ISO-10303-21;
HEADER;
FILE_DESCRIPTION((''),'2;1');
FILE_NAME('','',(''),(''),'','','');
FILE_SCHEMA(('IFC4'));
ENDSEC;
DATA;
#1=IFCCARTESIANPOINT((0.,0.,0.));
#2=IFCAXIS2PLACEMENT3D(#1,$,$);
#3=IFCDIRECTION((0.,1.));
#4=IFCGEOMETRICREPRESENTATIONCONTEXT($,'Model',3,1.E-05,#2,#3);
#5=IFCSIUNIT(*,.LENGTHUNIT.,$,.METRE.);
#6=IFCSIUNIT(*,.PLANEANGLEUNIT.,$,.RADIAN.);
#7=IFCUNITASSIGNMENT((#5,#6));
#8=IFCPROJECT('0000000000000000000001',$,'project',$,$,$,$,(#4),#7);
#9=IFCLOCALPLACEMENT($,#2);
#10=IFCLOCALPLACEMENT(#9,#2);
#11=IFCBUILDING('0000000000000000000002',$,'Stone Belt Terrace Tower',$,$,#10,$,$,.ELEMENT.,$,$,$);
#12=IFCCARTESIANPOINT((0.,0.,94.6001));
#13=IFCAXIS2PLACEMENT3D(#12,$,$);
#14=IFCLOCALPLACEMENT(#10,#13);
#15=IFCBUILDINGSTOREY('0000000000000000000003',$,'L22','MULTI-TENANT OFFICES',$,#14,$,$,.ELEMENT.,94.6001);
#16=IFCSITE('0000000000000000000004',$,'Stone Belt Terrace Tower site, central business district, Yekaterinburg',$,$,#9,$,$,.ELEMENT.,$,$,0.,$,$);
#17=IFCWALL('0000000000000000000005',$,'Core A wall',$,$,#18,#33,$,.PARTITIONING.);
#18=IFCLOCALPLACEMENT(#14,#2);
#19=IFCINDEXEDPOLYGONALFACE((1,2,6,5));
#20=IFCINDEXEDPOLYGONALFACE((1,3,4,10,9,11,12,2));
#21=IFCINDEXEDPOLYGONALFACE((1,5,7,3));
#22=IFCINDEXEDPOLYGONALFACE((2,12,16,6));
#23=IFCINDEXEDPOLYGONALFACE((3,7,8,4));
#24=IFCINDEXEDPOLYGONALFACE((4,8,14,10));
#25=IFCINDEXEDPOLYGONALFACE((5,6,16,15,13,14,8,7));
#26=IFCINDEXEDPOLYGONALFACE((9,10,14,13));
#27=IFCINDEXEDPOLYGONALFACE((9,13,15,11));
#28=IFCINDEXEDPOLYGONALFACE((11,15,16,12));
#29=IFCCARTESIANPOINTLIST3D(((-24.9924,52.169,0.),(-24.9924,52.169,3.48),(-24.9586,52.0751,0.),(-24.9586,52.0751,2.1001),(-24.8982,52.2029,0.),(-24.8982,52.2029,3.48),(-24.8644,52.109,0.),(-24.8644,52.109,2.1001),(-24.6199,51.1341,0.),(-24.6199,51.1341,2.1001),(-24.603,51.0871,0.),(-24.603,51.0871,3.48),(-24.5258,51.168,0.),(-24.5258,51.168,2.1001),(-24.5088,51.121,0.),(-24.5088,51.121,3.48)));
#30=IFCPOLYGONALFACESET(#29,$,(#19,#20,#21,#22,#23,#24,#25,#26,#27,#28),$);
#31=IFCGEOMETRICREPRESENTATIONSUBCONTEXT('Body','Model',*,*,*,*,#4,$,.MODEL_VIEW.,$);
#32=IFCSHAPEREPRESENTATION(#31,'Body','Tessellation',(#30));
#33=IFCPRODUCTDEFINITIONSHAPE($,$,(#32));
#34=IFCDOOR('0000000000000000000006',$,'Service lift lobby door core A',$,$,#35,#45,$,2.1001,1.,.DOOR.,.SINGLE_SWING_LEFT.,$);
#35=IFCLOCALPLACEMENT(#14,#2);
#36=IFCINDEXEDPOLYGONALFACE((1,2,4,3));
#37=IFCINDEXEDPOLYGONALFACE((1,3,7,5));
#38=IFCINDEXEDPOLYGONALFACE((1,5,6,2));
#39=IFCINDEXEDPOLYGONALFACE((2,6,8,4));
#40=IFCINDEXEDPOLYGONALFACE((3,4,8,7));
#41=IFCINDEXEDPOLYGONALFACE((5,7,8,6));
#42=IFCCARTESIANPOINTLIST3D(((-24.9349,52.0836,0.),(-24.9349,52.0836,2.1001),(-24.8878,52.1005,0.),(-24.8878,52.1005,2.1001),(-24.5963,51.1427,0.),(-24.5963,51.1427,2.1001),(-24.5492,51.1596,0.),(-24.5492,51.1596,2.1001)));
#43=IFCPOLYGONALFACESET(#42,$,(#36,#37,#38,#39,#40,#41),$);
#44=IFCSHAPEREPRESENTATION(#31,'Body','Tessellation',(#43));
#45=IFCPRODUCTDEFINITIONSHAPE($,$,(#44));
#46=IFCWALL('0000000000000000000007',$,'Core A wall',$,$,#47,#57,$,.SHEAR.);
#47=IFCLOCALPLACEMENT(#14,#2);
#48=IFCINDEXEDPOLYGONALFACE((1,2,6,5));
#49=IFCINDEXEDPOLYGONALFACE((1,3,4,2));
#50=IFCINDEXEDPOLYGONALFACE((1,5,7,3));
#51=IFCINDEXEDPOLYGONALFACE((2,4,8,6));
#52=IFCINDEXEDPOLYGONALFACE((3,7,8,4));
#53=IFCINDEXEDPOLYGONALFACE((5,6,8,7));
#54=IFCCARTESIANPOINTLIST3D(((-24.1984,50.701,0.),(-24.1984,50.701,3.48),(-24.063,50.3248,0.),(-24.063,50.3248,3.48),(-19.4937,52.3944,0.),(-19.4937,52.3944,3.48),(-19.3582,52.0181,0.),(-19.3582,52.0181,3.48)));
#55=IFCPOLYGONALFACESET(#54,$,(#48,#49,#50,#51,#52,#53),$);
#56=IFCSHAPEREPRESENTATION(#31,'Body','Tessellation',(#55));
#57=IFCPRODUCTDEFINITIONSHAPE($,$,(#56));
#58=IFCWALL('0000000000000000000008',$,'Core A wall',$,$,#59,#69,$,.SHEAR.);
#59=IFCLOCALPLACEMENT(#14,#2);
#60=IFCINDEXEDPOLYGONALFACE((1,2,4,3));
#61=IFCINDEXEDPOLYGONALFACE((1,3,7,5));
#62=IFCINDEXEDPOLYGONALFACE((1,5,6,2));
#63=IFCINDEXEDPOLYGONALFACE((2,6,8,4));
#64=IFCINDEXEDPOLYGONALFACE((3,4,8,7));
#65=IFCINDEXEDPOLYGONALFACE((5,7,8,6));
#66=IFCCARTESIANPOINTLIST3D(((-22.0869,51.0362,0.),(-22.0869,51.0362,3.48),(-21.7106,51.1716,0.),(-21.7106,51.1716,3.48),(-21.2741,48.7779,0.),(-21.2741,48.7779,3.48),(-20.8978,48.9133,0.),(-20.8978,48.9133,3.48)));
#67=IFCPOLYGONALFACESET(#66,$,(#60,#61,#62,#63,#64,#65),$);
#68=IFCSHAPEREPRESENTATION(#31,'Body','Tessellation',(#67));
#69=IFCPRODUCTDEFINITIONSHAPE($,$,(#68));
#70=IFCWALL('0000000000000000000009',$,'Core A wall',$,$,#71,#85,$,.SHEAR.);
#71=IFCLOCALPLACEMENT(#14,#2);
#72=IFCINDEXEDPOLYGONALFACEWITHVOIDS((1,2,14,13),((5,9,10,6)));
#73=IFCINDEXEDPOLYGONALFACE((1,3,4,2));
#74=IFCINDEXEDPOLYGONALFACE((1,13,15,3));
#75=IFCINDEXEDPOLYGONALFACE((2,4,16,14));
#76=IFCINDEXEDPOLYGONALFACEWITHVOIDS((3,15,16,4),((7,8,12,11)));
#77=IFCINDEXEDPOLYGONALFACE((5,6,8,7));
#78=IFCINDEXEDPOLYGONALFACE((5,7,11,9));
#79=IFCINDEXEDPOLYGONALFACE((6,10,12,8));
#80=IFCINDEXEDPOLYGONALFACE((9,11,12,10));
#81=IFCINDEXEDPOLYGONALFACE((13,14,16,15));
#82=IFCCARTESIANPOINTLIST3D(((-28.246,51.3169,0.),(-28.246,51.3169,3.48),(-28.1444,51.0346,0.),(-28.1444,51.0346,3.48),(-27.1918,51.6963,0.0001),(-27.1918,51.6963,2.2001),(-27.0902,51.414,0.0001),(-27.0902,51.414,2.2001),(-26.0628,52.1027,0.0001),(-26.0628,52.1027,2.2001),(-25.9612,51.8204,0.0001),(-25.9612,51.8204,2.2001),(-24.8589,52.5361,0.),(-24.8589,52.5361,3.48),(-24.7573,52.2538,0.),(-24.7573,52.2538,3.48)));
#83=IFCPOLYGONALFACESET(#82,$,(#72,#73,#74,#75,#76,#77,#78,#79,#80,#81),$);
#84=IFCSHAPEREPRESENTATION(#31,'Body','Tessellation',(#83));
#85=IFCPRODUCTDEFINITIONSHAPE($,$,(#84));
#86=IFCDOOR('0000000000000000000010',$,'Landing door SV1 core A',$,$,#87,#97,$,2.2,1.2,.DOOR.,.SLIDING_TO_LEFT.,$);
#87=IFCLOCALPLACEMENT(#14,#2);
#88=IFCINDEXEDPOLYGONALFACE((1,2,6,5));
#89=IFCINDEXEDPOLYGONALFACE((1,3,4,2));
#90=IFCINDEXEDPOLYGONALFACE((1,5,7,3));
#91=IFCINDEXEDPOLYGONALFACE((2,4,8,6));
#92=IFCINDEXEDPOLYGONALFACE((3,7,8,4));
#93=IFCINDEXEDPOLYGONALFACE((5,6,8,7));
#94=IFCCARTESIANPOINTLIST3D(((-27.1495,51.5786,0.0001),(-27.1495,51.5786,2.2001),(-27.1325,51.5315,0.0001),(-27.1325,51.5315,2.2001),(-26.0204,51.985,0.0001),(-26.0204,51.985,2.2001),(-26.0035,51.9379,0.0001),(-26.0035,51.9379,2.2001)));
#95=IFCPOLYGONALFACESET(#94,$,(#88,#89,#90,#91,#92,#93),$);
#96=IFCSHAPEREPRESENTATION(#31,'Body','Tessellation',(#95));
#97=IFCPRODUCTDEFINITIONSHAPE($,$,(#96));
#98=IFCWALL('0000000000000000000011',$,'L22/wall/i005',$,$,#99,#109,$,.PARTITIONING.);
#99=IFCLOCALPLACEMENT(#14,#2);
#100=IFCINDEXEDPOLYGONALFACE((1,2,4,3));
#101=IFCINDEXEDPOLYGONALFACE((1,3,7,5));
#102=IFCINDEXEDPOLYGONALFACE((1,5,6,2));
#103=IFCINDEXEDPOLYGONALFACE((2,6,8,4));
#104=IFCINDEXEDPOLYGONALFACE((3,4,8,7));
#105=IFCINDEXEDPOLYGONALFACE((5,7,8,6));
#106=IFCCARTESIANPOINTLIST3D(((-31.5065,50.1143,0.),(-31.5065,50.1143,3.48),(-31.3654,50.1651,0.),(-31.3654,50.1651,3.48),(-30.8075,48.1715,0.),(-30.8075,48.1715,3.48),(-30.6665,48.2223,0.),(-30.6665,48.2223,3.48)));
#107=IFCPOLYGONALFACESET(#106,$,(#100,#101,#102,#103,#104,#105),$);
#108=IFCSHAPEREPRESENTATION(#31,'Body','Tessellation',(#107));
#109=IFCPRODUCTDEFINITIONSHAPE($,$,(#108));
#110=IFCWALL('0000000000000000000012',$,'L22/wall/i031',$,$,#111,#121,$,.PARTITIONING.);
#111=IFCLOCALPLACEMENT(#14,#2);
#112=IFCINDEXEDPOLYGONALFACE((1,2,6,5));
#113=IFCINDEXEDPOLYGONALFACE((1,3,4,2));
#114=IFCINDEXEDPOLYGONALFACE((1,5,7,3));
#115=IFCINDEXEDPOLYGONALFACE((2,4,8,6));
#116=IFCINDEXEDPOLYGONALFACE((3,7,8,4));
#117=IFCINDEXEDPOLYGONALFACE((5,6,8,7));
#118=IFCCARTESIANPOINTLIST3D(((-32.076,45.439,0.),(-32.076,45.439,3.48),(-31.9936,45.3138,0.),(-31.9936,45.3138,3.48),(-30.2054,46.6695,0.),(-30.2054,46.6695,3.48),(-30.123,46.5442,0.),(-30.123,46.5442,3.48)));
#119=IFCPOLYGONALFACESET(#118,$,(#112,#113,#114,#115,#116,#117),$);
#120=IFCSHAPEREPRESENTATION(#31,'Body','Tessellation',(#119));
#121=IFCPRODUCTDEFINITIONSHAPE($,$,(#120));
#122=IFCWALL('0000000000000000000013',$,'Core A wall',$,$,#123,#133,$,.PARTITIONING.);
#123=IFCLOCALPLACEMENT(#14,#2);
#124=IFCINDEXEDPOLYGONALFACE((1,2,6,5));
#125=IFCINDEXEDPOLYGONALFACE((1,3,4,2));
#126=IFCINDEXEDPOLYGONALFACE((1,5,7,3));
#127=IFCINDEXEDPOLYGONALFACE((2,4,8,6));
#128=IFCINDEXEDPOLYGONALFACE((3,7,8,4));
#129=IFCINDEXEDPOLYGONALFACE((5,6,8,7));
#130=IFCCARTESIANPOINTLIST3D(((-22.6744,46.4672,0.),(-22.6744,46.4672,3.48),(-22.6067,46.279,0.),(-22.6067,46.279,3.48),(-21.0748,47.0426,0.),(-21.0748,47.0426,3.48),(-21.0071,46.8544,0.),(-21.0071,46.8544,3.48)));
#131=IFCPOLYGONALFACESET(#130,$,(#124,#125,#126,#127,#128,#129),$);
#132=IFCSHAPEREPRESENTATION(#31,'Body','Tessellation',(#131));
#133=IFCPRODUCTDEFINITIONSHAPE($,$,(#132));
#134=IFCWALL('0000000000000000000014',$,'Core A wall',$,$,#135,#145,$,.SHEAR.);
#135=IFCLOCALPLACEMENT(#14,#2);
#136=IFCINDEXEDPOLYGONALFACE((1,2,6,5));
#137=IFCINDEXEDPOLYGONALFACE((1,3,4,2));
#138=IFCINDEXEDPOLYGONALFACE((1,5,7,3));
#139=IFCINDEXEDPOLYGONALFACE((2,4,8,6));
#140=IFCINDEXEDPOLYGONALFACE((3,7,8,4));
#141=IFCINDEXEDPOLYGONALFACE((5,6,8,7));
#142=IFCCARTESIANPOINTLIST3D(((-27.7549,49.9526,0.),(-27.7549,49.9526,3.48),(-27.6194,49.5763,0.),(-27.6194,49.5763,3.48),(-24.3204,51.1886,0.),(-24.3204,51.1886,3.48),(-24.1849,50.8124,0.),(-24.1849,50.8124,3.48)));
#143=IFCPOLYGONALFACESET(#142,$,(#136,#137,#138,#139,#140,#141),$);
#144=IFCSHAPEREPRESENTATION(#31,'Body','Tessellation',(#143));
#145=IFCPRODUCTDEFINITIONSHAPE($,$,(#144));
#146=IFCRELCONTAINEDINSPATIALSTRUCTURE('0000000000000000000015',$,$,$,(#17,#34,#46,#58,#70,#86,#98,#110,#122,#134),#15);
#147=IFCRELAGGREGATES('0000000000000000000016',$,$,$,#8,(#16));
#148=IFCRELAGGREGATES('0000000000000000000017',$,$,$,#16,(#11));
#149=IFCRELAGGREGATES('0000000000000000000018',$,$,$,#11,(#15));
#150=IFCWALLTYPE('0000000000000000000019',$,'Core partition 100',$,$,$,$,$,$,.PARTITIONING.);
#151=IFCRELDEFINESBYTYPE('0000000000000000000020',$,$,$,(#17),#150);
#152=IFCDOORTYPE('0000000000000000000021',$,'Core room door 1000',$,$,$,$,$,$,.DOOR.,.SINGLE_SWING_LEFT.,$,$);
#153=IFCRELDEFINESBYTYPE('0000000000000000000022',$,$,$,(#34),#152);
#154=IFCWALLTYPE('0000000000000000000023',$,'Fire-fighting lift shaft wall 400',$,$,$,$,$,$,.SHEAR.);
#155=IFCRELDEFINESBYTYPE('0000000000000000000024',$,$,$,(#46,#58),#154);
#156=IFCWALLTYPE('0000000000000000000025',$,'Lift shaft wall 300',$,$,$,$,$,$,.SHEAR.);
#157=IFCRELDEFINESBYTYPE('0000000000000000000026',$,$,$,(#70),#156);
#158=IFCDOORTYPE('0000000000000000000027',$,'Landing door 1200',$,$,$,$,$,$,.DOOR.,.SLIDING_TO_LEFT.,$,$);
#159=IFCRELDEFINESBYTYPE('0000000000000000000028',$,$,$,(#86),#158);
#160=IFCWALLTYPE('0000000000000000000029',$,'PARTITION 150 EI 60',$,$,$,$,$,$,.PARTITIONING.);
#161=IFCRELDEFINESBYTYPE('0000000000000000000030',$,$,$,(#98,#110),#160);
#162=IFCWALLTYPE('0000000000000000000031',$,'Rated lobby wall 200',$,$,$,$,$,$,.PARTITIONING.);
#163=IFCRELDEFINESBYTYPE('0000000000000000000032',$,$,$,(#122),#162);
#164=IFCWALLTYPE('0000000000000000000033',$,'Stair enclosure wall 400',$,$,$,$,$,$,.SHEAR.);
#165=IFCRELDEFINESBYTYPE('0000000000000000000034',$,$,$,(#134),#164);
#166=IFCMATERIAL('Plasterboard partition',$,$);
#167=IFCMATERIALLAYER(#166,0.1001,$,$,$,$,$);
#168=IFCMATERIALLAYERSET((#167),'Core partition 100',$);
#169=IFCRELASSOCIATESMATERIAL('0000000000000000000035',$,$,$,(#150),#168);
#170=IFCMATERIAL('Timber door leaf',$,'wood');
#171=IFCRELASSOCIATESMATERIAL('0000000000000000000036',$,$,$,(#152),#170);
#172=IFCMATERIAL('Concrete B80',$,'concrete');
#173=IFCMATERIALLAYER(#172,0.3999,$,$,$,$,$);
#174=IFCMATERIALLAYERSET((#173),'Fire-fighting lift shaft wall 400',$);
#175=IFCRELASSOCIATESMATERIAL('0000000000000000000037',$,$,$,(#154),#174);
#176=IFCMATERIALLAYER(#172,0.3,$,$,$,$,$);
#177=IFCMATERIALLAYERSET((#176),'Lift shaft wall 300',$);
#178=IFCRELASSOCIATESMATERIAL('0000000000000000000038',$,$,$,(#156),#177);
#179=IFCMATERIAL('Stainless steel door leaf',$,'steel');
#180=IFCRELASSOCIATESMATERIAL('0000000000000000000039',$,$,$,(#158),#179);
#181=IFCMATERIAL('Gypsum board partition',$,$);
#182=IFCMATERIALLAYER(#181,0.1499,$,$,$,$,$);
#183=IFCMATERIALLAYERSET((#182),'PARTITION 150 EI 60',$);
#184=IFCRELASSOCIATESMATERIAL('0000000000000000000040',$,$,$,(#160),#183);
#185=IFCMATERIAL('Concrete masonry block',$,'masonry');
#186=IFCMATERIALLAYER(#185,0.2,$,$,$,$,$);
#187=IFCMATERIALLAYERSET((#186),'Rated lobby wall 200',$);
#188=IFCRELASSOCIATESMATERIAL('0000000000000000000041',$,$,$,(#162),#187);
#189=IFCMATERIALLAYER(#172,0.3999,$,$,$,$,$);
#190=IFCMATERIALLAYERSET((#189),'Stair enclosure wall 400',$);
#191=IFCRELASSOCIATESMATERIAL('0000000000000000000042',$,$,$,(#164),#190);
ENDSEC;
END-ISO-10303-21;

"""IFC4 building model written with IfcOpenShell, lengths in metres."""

from ifc_helpers import new_model, si_unit, direction, frame, frame_2d, origin, place, context, subcontext, project, spatial, rectangle, extrude, material, layer, layer_set, type_object, element, fill, save


model = new_model("IFC4")

# Units and contexts
model_context = context("Model", 3, precision=1e-05, world=origin(), true_north=direction((0.0, 1.0)))
body_context = subcontext(model_context, "Body", "Model", "MODEL_VIEW")
ifc_project = project(units=[si_unit("LENGTHUNIT", "METRE"), si_unit("PLANEANGLEUNIT", "RADIAN")], contexts=[model_context])

# Site, building, storey
site_placement = place(None, origin())
site = spatial("IfcSite", under=ifc_project, at=site_placement, Name="Stone Belt Terrace Tower site, central business district, Yekaterinburg", CompositionType="ELEMENT", RefElevation=0.0)
building_placement = place(site_placement, origin())
building = spatial("IfcBuilding", under=site, at=building_placement, Name="Stone Belt Terrace Tower", CompositionType="ELEMENT")
storey_placement = place(building_placement, frame((0.0, 0.0, 94.6001)))
storey = spatial("IfcBuildingStorey", under=building, at=storey_placement, Name="L22", Description="MULTI-TENANT OFFICES", CompositionType="ELEMENT", Elevation=94.6001)

# Wall, opening, door
ifc_material_1 = material(Name="Plasterboard partition")
ifc_layer_1 = layer(ifc_material_1, 0.1001)
ifc_layer_set_1 = layer_set([ifc_layer_1], Name="Core partition 100")
wall_type_1 = type_object("IfcWallType", Name="Core partition 100", PredefinedType="PARTITIONING", material=ifc_layer_set_1)
wall_1_placement = place(storey_placement, frame((-24.5559, 51.104, 0.0), z_axis=(0.0, 0.0, 1.0), x_axis=(-0.338622, 0.940923, 0.0)))
wall_1 = element("IfcWall", 1, at=wall_1_placement, inside=storey, type_object=wall_type_1, Name="Core A wall", PredefinedType="PARTITIONING", context=body_context, shape_type="SweptSolid", body=[
    extrude(rectangle(XDim=1.1499, YDim=0.1001, at=frame_2d((0.575, 0.0))), origin(), (0.0, 0.0, 1.0), 3.48),
])
opening_1_placement = place(wall_1_placement, frame((0.05, 0.0, 0.0)))
opening_1 = element("IfcOpeningElement", 2, at=opening_1_placement, cuts=wall_1, PredefinedType="OPENING", context=body_context, shape_type="SweptSolid", body=[
    extrude(rectangle(XDim=1.0, YDim=2.1001, at=frame_2d((0.5, 1.05))), frame((0.0, 0.0601, 0.0), z_axis=(0.0, -1.0, 0.0), x_axis=(1.0, 0.0, 0.0)), (0.0, 0.0, 1.0), 0.1201),
])
ifc_material_2 = material(Name="Timber door leaf", Category="wood")
door_type_1 = type_object("IfcDoorType", Name="Core room door 1000", OperationType="SINGLE_SWING_LEFT", PredefinedType="DOOR", material=ifc_material_2)
door_1_placement = place(opening_1_placement, origin())
door_1 = element("IfcDoor", 3, at=door_1_placement, inside=storey, type_object=door_type_1, Name="Service lift lobby door core A", OperationType="SINGLE_SWING_LEFT", OverallHeight=2.1001, OverallWidth=1.0, PredefinedType="DOOR", context=body_context, shape_type="SweptSolid", body=[
    extrude(rectangle(XDim=1.0, YDim=2.1001, at=frame_2d((0.5, 1.05))), frame((0.0, 0.0249, 0.0), z_axis=(0.0, -1.0, 0.0), x_axis=(1.0, 0.0, 0.0)), (0.0, 0.0, 1.0), 0.05),
])
fill(opening_1, door_1)

# Walls
ifc_material_3 = material(Name="Concrete B80", Category="concrete")
ifc_layer_2 = layer(ifc_material_3, 0.3999)
ifc_layer_set_2 = layer_set([ifc_layer_2], Name="Fire-fighting lift shaft wall 400")
wall_type_2 = type_object("IfcWallType", Name="Fire-fighting lift shaft wall 400", PredefinedType="SHEAR", material=ifc_layer_set_2)
wall_2_placement = place(storey_placement, frame((-24.1306, 50.5129, 0.0), z_axis=(0.0, 0.0, 1.0), x_axis=(0.940912, 0.338652, 0.0)))
element("IfcWall", 4, at=wall_2_placement, inside=storey, type_object=wall_type_2, Name="Core A wall", PredefinedType="SHEAR", context=body_context, shape_type="SweptSolid", body=[
    extrude(rectangle(XDim=5.0002, YDim=0.3999, at=frame_2d((2.5, 0.0))), origin(), (0.0, 0.0, 1.0), 3.48),
])
wall_3_placement = place(storey_placement, frame((-21.0859, 48.8455, 0.0), z_axis=(0.0, 0.0, 1.0), x_axis=(-0.338629, 0.94092, 0.0)))
element("IfcWall", 5, at=wall_3_placement, inside=storey, type_object=wall_type_2, Name="Core A wall", PredefinedType="SHEAR", context=body_context, shape_type="SweptSolid", body=[
    extrude(rectangle(XDim=2.4001, YDim=0.3999, at=frame_2d((1.2002, 0.0))), origin(), (0.0, 0.0, 1.0), 3.48),
])

# Wall, opening, door
ifc_layer_3 = layer(ifc_material_3, 0.3)
ifc_layer_set_3 = layer_set([ifc_layer_3], Name="Lift shaft wall 300")
wall_type_3 = type_object("IfcWallType", Name="Lift shaft wall 300", PredefinedType="SHEAR", material=ifc_layer_set_3)
wall_4_placement = place(storey_placement, frame((-28.1951, 51.1758, 0.0), z_axis=(0.0, 0.0, 1.0), x_axis=(0.940901, 0.338681, 0.0)))
wall_4 = element("IfcWall", 6, at=wall_4_placement, inside=storey, type_object=wall_type_3, Name="Core A wall", PredefinedType="SHEAR", context=body_context, shape_type="SweptSolid", body=[
    extrude(rectangle(XDim=3.5999, YDim=0.3, at=frame_2d((1.7998, 0.0))), origin(), (0.0, 0.0, 1.0), 3.48),
])
opening_2_placement = place(wall_4_placement, frame((1.1201, 0.0, 0.0)))
opening_2 = element("IfcOpeningElement", 7, at=opening_2_placement, cuts=wall_4, PredefinedType="OPENING", context=body_context, shape_type="SweptSolid", body=[
    extrude(rectangle(XDim=1.2, YDim=2.2, at=frame_2d((0.6001, 1.1001))), frame((0.0, 0.1599, 0.0), z_axis=(0.0, -1.0, 0.0), x_axis=(1.0, 0.0, 0.0)), (0.0, 0.0, 1.0), 0.3201),
])
ifc_material_4 = material(Name="Stainless steel door leaf", Category="steel")
door_type_2 = type_object("IfcDoorType", Name="Landing door 1200", OperationType="SLIDING_TO_LEFT", PredefinedType="DOOR", material=ifc_material_4)
door_2_placement = place(opening_2_placement, origin())
door_2 = element("IfcDoor", 8, at=door_2_placement, inside=storey, type_object=door_type_2, Name="Landing door SV1 core A", OperationType="SLIDING_TO_LEFT", OverallHeight=2.2, OverallWidth=1.2, PredefinedType="DOOR", context=body_context, shape_type="SweptSolid", body=[
    extrude(rectangle(XDim=1.2, YDim=2.2, at=frame_2d((0.6001, 1.1001))), frame((0.0, 0.0249, 0.0), z_axis=(0.0, -1.0, 0.0), x_axis=(1.0, 0.0, 0.0)), (0.0, 0.0, 1.0), 0.05),
])
fill(opening_2, door_2)

# Walls
ifc_material_5 = material(Name="Gypsum board partition")
ifc_layer_4 = layer(ifc_material_5, 0.1499)
ifc_layer_set_4 = layer_set([ifc_layer_4], Name="PARTITION 150 EI 60")
wall_type_4 = type_object("IfcWallType", Name="PARTITION 150 EI 60", PredefinedType="PARTITIONING", material=ifc_layer_set_4)
wall_5_placement = place(storey_placement, frame((-30.7371, 48.197, 0.0), z_axis=(0.0, 0.0, 1.0), x_axis=(-0.338523, 0.940958, 0.0)))
element("IfcWall", 9, at=wall_5_placement, inside=storey, type_object=wall_type_4, Name="L22/wall/i005", PredefinedType="PARTITIONING", context=body_context, shape_type="SweptSolid", body=[
    extrude(rectangle(XDim=2.0647, YDim=0.1499, at=frame_2d((1.0322, 0.0))), origin(), (0.0, 0.0, 1.0), 3.48),
])
wall_6_placement = place(storey_placement, frame((-30.1641, 46.6069, 0.0), z_axis=(0.0, 0.0, 1.0), x_axis=(-0.835457, -0.549556, 0.0)))
element("IfcWall", 10, at=wall_6_placement, inside=storey, type_object=wall_type_4, Name="L22/wall/i031", PredefinedType="PARTITIONING", context=body_context, shape_type="SweptSolid", body=[
    extrude(rectangle(XDim=2.239, YDim=0.1499, at=frame_2d((1.1196, 0.0))), origin(), (0.0, 0.0, 1.0), 3.48),
])
ifc_material_6 = material(Name="Concrete masonry block", Category="masonry")
ifc_layer_5 = layer(ifc_material_6, 0.2)
ifc_layer_set_5 = layer_set([ifc_layer_5], Name="Rated lobby wall 200")
wall_type_5 = type_object("IfcWallType", Name="Rated lobby wall 200", PredefinedType="PARTITIONING", material=ifc_layer_set_5)
wall_7_placement = place(storey_placement, frame((-22.6406, 46.373, 0.0), z_axis=(0.0, 0.0, 1.0), x_axis=(0.940966, 0.338501, 0.0)))
element("IfcWall", 11, at=wall_7_placement, inside=storey, type_object=wall_type_5, Name="Core A wall", PredefinedType="PARTITIONING", context=body_context, shape_type="SweptSolid", body=[
    extrude(rectangle(XDim=1.7, YDim=0.2, at=frame_2d((0.8501, 0.0))), origin(), (0.0, 0.0, 1.0), 3.48),
])
ifc_layer_6 = layer(ifc_material_3, 0.3999)
ifc_layer_set_6 = layer_set([ifc_layer_6], Name="Stair enclosure wall 400")
wall_type_6 = type_object("IfcWallType", Name="Stair enclosure wall 400", PredefinedType="SHEAR", material=ifc_layer_set_6)
wall_8_placement = place(storey_placement, frame((-27.6873, 49.7644, 0.0), z_axis=(0.0, 0.0, 1.0), x_axis=(0.940919, 0.338632, 0.0)))
element("IfcWall", 12, at=wall_8_placement, inside=storey, type_object=wall_type_6, Name="Core A wall", PredefinedType="SHEAR", context=body_context, shape_type="SweptSolid", body=[
    extrude(rectangle(XDim=3.6501, YDim=0.3999, at=frame_2d((1.8252, 0.0))), origin(), (0.0, 0.0, 1.0), 3.48),
])

save(model, "model.ifc")
